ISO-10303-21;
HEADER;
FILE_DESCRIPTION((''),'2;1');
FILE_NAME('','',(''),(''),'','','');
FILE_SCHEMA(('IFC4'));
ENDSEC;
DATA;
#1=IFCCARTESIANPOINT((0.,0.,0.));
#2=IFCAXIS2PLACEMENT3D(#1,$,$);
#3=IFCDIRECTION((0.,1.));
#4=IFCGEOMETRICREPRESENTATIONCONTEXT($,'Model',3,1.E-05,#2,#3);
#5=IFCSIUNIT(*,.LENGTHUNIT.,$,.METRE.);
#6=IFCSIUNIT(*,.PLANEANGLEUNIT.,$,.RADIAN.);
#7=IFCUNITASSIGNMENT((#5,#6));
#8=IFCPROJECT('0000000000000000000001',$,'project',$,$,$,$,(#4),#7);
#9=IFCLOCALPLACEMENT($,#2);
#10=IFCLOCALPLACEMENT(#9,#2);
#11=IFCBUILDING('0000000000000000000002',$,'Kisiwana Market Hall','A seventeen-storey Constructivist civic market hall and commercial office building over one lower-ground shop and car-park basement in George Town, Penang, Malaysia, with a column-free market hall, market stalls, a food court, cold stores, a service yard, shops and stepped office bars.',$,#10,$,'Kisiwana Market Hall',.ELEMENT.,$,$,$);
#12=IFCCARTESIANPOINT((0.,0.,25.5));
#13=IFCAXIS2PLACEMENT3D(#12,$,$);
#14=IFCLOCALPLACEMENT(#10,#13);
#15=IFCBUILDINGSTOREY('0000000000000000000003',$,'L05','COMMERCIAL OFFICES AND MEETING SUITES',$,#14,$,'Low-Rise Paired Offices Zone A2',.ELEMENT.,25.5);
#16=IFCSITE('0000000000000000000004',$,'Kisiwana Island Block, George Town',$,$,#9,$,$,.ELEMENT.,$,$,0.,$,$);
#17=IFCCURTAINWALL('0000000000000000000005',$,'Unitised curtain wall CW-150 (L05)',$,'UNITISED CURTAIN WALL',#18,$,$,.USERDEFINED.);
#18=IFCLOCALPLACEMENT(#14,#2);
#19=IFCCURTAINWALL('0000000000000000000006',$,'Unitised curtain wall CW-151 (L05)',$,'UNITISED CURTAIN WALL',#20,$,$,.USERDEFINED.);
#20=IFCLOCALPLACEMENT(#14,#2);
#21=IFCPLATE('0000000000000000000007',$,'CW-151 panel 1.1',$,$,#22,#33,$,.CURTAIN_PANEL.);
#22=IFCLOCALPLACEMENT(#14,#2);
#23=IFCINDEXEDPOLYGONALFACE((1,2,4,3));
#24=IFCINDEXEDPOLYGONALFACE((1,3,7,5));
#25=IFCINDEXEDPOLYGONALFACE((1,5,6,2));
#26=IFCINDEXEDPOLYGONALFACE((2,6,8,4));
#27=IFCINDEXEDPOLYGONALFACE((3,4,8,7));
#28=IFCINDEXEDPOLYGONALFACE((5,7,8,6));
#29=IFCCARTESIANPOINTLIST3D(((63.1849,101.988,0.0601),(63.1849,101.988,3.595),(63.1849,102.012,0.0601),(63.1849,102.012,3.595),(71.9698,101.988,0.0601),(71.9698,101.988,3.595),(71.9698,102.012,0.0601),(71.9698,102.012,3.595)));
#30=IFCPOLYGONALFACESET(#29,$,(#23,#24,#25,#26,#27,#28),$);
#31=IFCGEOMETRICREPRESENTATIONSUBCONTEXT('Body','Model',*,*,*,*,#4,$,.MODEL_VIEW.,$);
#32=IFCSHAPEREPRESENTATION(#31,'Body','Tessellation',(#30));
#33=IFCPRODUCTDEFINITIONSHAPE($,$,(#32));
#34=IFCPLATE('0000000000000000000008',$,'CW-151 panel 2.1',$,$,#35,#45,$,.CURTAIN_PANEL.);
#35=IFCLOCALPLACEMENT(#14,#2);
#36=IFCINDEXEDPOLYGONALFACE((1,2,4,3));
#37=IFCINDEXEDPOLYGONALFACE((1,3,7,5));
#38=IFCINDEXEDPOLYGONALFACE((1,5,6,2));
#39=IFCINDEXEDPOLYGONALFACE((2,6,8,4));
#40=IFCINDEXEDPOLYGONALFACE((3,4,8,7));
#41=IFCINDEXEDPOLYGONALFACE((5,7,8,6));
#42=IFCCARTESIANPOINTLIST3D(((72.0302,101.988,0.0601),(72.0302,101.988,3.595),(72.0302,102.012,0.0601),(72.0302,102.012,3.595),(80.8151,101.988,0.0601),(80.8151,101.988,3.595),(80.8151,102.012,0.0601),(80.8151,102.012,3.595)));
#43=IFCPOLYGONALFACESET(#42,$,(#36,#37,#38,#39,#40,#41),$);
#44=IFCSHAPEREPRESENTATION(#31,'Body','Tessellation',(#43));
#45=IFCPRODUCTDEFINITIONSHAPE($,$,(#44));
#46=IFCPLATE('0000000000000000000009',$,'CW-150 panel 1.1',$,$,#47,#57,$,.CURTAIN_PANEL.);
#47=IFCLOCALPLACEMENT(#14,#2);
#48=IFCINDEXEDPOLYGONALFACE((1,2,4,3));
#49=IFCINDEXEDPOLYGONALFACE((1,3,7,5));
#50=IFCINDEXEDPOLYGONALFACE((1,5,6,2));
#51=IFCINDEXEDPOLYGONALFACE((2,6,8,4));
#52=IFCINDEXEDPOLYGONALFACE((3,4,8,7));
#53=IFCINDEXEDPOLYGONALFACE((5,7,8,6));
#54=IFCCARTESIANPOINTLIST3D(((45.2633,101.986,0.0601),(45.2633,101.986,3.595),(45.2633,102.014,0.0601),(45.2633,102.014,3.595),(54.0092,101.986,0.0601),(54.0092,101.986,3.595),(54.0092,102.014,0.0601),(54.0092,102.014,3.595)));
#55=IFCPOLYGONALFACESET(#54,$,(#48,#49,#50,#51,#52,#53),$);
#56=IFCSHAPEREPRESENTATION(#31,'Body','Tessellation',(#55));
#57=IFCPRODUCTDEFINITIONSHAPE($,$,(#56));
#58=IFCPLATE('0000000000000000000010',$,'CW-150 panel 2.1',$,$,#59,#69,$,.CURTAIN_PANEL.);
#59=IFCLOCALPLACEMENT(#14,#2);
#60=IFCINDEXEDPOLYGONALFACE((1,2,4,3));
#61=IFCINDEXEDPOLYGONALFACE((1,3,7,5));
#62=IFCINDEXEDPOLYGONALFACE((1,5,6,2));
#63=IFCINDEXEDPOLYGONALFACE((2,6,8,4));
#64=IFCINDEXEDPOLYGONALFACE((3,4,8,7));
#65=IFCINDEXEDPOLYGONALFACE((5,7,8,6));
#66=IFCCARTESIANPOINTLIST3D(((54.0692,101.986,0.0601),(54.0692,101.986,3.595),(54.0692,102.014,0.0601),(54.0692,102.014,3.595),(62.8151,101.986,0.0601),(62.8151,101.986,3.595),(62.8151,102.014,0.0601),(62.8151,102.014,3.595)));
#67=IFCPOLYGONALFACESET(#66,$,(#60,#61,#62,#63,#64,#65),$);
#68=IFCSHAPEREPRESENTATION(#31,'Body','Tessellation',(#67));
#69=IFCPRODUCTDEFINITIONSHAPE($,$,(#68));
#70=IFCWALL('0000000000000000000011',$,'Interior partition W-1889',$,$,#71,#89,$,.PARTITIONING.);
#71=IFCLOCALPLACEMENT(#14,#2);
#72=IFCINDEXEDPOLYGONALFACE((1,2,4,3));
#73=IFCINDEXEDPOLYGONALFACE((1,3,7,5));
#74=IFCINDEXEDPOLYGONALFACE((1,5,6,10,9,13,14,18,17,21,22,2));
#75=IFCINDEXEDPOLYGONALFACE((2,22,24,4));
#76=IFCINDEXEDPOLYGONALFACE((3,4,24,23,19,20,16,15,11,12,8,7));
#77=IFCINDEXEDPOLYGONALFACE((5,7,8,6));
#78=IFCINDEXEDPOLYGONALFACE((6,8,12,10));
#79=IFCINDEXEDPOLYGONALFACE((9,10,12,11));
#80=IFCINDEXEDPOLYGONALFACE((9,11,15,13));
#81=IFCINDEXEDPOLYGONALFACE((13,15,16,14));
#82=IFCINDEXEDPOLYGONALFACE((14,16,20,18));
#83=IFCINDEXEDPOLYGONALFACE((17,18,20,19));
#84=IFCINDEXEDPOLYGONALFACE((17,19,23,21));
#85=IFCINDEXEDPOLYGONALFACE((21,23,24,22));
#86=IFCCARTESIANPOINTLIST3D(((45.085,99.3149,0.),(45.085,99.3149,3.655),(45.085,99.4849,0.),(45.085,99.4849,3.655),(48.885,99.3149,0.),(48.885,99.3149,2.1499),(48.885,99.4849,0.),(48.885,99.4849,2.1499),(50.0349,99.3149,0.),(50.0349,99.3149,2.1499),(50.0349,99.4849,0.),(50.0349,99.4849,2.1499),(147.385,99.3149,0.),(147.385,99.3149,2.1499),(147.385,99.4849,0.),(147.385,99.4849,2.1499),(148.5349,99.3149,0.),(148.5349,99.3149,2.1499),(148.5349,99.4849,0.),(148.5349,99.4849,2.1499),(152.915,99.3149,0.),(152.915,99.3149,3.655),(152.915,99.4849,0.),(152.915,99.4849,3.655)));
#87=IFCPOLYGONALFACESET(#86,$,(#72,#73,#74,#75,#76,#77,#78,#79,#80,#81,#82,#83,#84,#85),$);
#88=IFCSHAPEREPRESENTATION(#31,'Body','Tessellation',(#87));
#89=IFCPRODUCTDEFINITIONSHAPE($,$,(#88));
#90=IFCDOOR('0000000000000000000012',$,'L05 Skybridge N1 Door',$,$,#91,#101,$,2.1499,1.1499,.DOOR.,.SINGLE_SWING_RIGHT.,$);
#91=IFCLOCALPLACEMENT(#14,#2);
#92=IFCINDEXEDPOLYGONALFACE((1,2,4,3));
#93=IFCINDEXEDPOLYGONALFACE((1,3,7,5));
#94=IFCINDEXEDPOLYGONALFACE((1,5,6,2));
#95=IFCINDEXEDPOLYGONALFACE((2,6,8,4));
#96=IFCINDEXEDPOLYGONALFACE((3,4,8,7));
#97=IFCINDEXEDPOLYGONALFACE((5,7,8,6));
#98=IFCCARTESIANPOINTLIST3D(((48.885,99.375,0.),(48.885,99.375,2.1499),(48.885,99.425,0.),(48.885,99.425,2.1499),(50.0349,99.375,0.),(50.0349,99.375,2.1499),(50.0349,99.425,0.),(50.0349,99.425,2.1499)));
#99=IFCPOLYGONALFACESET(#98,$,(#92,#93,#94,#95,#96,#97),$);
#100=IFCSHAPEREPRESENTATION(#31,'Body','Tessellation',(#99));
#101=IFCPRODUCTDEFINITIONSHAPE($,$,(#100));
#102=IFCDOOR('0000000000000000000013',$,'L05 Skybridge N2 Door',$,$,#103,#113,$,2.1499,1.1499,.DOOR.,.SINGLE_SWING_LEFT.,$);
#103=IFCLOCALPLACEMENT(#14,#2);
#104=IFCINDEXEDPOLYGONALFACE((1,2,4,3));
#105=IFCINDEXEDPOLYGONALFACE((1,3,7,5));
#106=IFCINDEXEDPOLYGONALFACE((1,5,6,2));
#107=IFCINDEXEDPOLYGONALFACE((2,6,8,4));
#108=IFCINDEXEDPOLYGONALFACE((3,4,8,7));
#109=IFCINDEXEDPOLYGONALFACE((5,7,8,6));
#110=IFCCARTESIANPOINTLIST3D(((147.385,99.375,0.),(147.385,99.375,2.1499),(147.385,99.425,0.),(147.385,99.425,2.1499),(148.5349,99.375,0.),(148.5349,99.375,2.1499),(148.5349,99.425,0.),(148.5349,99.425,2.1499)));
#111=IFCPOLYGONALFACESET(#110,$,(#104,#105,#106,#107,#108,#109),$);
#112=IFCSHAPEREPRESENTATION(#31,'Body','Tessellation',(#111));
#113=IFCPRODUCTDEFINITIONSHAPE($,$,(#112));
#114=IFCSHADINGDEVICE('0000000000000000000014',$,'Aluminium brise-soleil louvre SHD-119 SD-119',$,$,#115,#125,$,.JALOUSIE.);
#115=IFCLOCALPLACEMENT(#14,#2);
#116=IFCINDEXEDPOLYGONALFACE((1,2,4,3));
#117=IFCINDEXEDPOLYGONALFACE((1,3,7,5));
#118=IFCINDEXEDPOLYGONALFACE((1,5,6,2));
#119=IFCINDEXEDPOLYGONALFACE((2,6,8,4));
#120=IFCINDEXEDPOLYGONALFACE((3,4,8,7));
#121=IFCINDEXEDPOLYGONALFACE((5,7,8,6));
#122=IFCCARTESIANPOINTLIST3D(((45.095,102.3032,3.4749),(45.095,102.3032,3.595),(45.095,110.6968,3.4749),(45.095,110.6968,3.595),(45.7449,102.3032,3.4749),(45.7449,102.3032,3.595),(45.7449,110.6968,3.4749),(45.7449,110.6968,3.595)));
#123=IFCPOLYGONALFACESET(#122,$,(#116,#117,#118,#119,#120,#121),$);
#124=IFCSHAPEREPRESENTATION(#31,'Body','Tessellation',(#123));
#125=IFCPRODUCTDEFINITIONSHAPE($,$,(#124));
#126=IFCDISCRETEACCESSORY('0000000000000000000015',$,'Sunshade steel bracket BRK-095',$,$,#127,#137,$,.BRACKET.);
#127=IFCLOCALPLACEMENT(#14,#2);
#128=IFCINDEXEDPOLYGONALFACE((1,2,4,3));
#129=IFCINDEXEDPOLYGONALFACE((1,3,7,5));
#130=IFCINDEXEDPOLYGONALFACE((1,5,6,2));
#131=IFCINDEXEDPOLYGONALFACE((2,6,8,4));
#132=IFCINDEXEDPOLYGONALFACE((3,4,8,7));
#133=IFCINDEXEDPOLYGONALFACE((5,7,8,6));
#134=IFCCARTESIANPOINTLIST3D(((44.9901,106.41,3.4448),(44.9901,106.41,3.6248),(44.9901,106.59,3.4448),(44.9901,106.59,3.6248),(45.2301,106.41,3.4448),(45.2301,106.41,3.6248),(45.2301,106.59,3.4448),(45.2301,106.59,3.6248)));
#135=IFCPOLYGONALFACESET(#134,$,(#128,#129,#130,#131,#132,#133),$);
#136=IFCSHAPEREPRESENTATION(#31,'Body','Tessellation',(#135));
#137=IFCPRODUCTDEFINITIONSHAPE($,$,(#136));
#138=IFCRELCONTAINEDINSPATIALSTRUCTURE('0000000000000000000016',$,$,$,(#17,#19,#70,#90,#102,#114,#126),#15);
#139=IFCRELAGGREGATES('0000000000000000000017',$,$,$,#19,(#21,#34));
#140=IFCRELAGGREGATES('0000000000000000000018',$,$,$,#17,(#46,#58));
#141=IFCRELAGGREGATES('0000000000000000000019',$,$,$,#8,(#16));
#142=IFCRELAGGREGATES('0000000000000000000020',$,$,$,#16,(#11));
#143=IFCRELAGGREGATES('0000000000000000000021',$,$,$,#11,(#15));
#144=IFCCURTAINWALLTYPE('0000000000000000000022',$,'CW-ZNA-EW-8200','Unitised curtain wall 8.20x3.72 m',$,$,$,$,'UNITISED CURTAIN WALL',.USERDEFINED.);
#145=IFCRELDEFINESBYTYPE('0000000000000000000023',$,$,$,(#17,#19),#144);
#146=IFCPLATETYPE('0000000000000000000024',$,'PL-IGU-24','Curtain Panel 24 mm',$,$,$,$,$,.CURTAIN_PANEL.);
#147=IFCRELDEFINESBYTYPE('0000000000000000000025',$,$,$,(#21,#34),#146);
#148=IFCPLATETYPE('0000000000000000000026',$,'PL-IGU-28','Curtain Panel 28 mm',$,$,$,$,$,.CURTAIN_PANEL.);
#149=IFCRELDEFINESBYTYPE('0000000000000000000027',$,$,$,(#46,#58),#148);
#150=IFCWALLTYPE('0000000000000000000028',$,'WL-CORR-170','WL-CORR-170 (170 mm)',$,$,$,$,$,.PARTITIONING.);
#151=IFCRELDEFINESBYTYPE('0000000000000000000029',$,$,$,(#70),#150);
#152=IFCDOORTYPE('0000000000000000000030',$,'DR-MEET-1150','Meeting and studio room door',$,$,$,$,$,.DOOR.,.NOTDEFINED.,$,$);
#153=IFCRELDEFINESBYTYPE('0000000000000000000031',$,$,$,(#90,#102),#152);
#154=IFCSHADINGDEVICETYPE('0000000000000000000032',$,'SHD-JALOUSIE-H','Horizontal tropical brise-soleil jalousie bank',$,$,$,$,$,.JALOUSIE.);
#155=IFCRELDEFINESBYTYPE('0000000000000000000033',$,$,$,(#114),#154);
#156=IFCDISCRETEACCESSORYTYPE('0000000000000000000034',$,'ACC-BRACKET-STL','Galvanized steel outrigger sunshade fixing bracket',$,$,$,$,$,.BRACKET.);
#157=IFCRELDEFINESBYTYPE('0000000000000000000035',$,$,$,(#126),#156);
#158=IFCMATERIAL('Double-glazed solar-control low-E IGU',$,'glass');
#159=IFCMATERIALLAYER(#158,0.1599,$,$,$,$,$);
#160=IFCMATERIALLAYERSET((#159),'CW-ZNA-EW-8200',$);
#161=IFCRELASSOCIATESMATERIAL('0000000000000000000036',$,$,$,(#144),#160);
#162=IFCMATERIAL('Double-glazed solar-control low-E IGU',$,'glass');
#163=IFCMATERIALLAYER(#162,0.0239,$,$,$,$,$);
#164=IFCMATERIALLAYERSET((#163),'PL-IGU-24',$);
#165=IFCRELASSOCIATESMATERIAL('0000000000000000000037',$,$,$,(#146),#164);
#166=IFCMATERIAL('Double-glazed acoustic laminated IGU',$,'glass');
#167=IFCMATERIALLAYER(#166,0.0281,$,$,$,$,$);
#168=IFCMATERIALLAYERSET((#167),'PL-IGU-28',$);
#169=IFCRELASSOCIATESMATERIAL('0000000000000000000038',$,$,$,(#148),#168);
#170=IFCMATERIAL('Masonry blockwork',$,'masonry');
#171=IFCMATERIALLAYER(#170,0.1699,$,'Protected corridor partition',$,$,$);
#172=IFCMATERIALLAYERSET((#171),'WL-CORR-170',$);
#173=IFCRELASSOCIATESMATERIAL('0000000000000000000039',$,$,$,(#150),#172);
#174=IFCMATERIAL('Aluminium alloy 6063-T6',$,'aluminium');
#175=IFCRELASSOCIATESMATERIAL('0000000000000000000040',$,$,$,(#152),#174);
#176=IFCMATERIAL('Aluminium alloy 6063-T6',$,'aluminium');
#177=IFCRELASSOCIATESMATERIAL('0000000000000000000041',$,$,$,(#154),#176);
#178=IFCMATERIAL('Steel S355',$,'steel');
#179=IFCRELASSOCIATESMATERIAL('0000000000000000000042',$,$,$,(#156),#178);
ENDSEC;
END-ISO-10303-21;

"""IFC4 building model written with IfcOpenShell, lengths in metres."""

from ifc_helpers import new_model, si_unit, direction, frame, frame_2d, origin, origin_2d, place, context, subcontext, project, spatial, rectangle, extrude, material, layer, layer_set, type_object, element, fill, aggregate, save


model = new_model("IFC4")

# Units and contexts
model_context = context("Model", 3, precision=1e-05, world=origin(), true_north=direction((0.0, 1.0)))
body_context = subcontext(model_context, "Body", "Model", "MODEL_VIEW")
ifc_project = project(units=[si_unit("LENGTHUNIT", "METRE"), si_unit("PLANEANGLEUNIT", "RADIAN")], contexts=[model_context])

# Site, building, storey
site_placement = place(None, origin())
site = spatial("IfcSite", under=ifc_project, at=site_placement, Name="Kisiwana Island Block, George Town", CompositionType="ELEMENT", RefElevation=0.0)
building_placement = place(site_placement, origin())
building = spatial("IfcBuilding", under=site, at=building_placement, Name="Kisiwana Market Hall", Description="A seventeen-storey Constructivist civic market hall and commercial office building over one lower-ground shop and car-park basement in George Town, Penang, Malaysia, with a column-free market hall, market stalls, a food court, cold stores, a service yard, shops and stepped office bars.", LongName="Kisiwana Market Hall", CompositionType="ELEMENT")
storey_placement = place(building_placement, frame((0.0, 0.0, 25.5)))
storey = spatial("IfcBuildingStorey", under=building, at=storey_placement, Name="L05", Description="COMMERCIAL OFFICES AND MEETING SUITES", LongName="Low-Rise Paired Offices Zone A2", CompositionType="ELEMENT", Elevation=25.5)

# Curtain walls
ifc_material_1 = material(Name="Double-glazed solar-control low-E IGU", Category="glass")
ifc_layer_1 = layer(ifc_material_1, 0.1599)
ifc_layer_set_1 = layer_set([ifc_layer_1], Name="CW-ZNA-EW-8200")
curtain_wall_type = type_object("IfcCurtainWallType", Name="CW-ZNA-EW-8200", Description="Unitised curtain wall 8.20x3.72 m", ElementType="UNITISED CURTAIN WALL", PredefinedType="USERDEFINED", material=ifc_layer_set_1)
curtain_wall_1_placement = place(storey_placement, origin())
curtain_wall_1 = element("IfcCurtainWall", 1, at=curtain_wall_1_placement, inside=storey, type_object=curtain_wall_type, Name="Unitised curtain wall CW-150 (L05)", ObjectType="UNITISED CURTAIN WALL", PredefinedType="USERDEFINED")
curtain_wall_2_placement = place(storey_placement, origin())
curtain_wall_2 = element("IfcCurtainWall", 2, at=curtain_wall_2_placement, inside=storey, type_object=curtain_wall_type, Name="Unitised curtain wall CW-151 (L05)", ObjectType="UNITISED CURTAIN WALL", PredefinedType="USERDEFINED")

# Plates
ifc_material_2 = material(Name="Double-glazed solar-control low-E IGU", Category="glass")
ifc_layer_2 = layer(ifc_material_2, 0.0239)
ifc_layer_set_2 = layer_set([ifc_layer_2], Name="PL-IGU-24")
plate_type_1 = type_object("IfcPlateType", Name="PL-IGU-24", Description="Curtain Panel 24 mm", PredefinedType="CURTAIN_PANEL", material=ifc_layer_set_2)
plate_1_placement = place(storey_placement, frame((67.5774, 102.0, 0.0601), z_axis=(0.0, 0.0, 1.0), x_axis=(1.0, 0.0, 0.0)))
plate_1 = element("IfcPlate", 3, at=plate_1_placement, type_object=plate_type_1, Name="CW-151 panel 1.1", PredefinedType="CURTAIN_PANEL", context=body_context, shape_type="SweptSolid", body=[
    extrude(rectangle(XDim=8.7849, YDim=0.0239, at=origin_2d()), origin(), (0.0, 0.0, 1.0), 3.5349),
])
plate_2_placement = place(storey_placement, frame((76.4226, 102.0, 0.0601), z_axis=(0.0, 0.0, 1.0), x_axis=(1.0, 0.0, 0.0)))
plate_2 = element("IfcPlate", 4, at=plate_2_placement, type_object=plate_type_1, Name="CW-151 panel 2.1", PredefinedType="CURTAIN_PANEL", context=body_context, shape_type="SweptSolid", body=[
    extrude(rectangle(XDim=8.7849, YDim=0.0239, at=origin_2d()), origin(), (0.0, 0.0, 1.0), 3.5349),
])
aggregate(curtain_wall_2, [plate_1, plate_2])
ifc_material_3 = material(Name="Double-glazed acoustic laminated IGU", Category="glass")
ifc_layer_3 = layer(ifc_material_3, 0.0281)
ifc_layer_set_3 = layer_set([ifc_layer_3], Name="PL-IGU-28")
plate_type_2 = type_object("IfcPlateType", Name="PL-IGU-28", Description="Curtain Panel 28 mm", PredefinedType="CURTAIN_PANEL", material=ifc_layer_set_3)
plate_3_placement = place(storey_placement, frame((49.6362, 102.0, 0.0601), z_axis=(0.0, 0.0, 1.0), x_axis=(1.0, 0.0, 0.0)))
plate_3 = element("IfcPlate", 5, at=plate_3_placement, type_object=plate_type_2, Name="CW-150 panel 1.1", PredefinedType="CURTAIN_PANEL", context=body_context, shape_type="SweptSolid", body=[
    extrude(rectangle(XDim=8.7458, YDim=0.0281, at=origin_2d()), origin(), (0.0, 0.0, 1.0), 3.5349),
])
plate_4_placement = place(storey_placement, frame((58.4421, 102.0, 0.0601), z_axis=(0.0, 0.0, 1.0), x_axis=(1.0, 0.0, 0.0)))
plate_4 = element("IfcPlate", 6, at=plate_4_placement, type_object=plate_type_2, Name="CW-150 panel 2.1", PredefinedType="CURTAIN_PANEL", context=body_context, shape_type="SweptSolid", body=[
    extrude(rectangle(XDim=8.7458, YDim=0.0281, at=origin_2d()), origin(), (0.0, 0.0, 1.0), 3.5349),
])
aggregate(curtain_wall_1, [plate_3, plate_4])

# Wall, openings, doors
ifc_material_4 = material(Name="Masonry blockwork", Category="masonry")
ifc_layer_4 = layer(ifc_material_4, 0.1699, Name="Protected corridor partition")
ifc_layer_set_4 = layer_set([ifc_layer_4], Name="WL-CORR-170")
wall_type = type_object("IfcWallType", Name="WL-CORR-170", Description="WL-CORR-170 (170 mm)", PredefinedType="PARTITIONING", material=ifc_layer_set_4)
wall_placement = place(storey_placement, frame((45.085, 99.3999, 0.0), z_axis=(0.0, 0.0, 1.0), x_axis=(1.0, 0.0, 0.0)))
wall = element("IfcWall", 7, at=wall_placement, inside=storey, type_object=wall_type, Name="Interior partition W-1889", PredefinedType="PARTITIONING", context=body_context, shape_type="SweptSolid", body=[
    extrude(rectangle(XDim=107.8301, YDim=0.1699, at=frame_2d((53.915, 0.0))), origin(), (0.0, 0.0, 1.0), 3.655),
])
opening_1_placement = place(wall_placement, frame((3.8, 0.0, 0.0)))
opening_1 = element("IfcOpeningElement", 8, at=opening_1_placement, cuts=wall, PredefinedType="OPENING", context=body_context, shape_type="SweptSolid", body=[
    extrude(rectangle(XDim=1.1499, YDim=2.1499, at=frame_2d((0.575, 1.075))), frame((0.0, 0.0969, 0.0), z_axis=(0.0, -1.0, 0.0), x_axis=(1.0, 0.0, 0.0)), (0.0, 0.0, 1.0), 0.1938),
])
opening_2_placement = place(wall_placement, frame((102.3, 0.0, 0.0)))
opening_2 = element("IfcOpeningElement", 9, at=opening_2_placement, cuts=wall, PredefinedType="OPENING", context=body_context, shape_type="SweptSolid", body=[
    extrude(rectangle(XDim=1.1499, YDim=2.1499, at=frame_2d((0.575, 1.075))), frame((0.0, 0.0969, 0.0), z_axis=(0.0, -1.0, 0.0), x_axis=(1.0, 0.0, 0.0)), (0.0, 0.0, 1.0), 0.1938),
])
ifc_material_5 = material(Name="Aluminium alloy 6063-T6", Category="aluminium")
door_type = type_object("IfcDoorType", Name="DR-MEET-1150", Description="Meeting and studio room door", OperationType="NOTDEFINED", PredefinedType="DOOR", material=ifc_material_5)
door_1_placement = place(opening_1_placement, frame((1.1499, 0.0, 0.0), z_axis=(0.0, 0.0, 1.0), x_axis=(-1.0, 0.0, 0.0)))
door_1 = element("IfcDoor", 10, at=door_1_placement, inside=storey, type_object=door_type, Name="L05 Skybridge N1 Door", OperationType="SINGLE_SWING_RIGHT", OverallHeight=2.1499, OverallWidth=1.1499, PredefinedType="DOOR", context=body_context, shape_type="SweptSolid", body=[
    extrude(rectangle(XDim=1.1499, YDim=2.1499, at=frame_2d((0.575, 1.075))), frame((0.0, 0.0249, 0.0), z_axis=(0.0, -1.0, 0.0), x_axis=(1.0, 0.0, 0.0)), (0.0, 0.0, 1.0), 0.05),
])
fill(opening_1, door_1)
door_2_placement = place(opening_2_placement, frame((1.1499, 0.0, 0.0), z_axis=(0.0, 0.0, 1.0), x_axis=(-1.0, 0.0, 0.0)))
door_2 = element("IfcDoor", 11, at=door_2_placement, inside=storey, type_object=door_type, Name="L05 Skybridge N2 Door", OperationType="SINGLE_SWING_LEFT", OverallHeight=2.1499, OverallWidth=1.1499, PredefinedType="DOOR", context=body_context, shape_type="SweptSolid", body=[
    extrude(rectangle(XDim=1.1499, YDim=2.1499, at=frame_2d((0.575, 1.075))), frame((0.0, 0.0249, 0.0), z_axis=(0.0, -1.0, 0.0), x_axis=(1.0, 0.0, 0.0)), (0.0, 0.0, 1.0), 0.05),
])
fill(opening_2, door_2)

# Shading device
ifc_material_6 = material(Name="Aluminium alloy 6063-T6", Category="aluminium")
shading_device_type = type_object("IfcShadingDeviceType", Name="SHD-JALOUSIE-H", Description="Horizontal tropical brise-soleil jalousie bank", PredefinedType="JALOUSIE", material=ifc_material_6)
shading_device_placement = place(storey_placement, frame((45.4199, 106.5, 3.4749), z_axis=(0.0, 0.0, 1.0), x_axis=(0.0, 1.0, 0.0)))
element("IfcShadingDevice", 12, at=shading_device_placement, inside=storey, type_object=shading_device_type, Name="Aluminium brise-soleil louvre SHD-119 SD-119", PredefinedType="JALOUSIE", context=body_context, shape_type="SweptSolid", body=[
    extrude(rectangle(XDim=8.3936, YDim=0.6499, at=origin_2d()), origin(), (0.0, 0.0, 1.0), 0.1201),
])

# Discrete accessory
ifc_material_7 = material(Name="Steel S355", Category="steel")
discrete_accessory_type = type_object("IfcDiscreteAccessoryType", Name="ACC-BRACKET-STL", Description="Galvanized steel outrigger sunshade fixing bracket", PredefinedType="BRACKET", material=ifc_material_7)
discrete_accessory_placement = place(storey_placement, frame((45.1101, 106.5, 3.4448), z_axis=(0.0, 0.0, 1.0), x_axis=(0.0, 1.0, 0.0)))
element("IfcDiscreteAccessory", 13, at=discrete_accessory_placement, inside=storey, type_object=discrete_accessory_type, Name="Sunshade steel bracket BRK-095", PredefinedType="BRACKET", context=body_context, shape_type="SweptSolid", body=[
    extrude(rectangle(XDim=0.1799, YDim=0.24, at=origin_2d()), origin(), (0.0, 0.0, 1.0), 0.1799),
])

save(model, "model.ifc")
